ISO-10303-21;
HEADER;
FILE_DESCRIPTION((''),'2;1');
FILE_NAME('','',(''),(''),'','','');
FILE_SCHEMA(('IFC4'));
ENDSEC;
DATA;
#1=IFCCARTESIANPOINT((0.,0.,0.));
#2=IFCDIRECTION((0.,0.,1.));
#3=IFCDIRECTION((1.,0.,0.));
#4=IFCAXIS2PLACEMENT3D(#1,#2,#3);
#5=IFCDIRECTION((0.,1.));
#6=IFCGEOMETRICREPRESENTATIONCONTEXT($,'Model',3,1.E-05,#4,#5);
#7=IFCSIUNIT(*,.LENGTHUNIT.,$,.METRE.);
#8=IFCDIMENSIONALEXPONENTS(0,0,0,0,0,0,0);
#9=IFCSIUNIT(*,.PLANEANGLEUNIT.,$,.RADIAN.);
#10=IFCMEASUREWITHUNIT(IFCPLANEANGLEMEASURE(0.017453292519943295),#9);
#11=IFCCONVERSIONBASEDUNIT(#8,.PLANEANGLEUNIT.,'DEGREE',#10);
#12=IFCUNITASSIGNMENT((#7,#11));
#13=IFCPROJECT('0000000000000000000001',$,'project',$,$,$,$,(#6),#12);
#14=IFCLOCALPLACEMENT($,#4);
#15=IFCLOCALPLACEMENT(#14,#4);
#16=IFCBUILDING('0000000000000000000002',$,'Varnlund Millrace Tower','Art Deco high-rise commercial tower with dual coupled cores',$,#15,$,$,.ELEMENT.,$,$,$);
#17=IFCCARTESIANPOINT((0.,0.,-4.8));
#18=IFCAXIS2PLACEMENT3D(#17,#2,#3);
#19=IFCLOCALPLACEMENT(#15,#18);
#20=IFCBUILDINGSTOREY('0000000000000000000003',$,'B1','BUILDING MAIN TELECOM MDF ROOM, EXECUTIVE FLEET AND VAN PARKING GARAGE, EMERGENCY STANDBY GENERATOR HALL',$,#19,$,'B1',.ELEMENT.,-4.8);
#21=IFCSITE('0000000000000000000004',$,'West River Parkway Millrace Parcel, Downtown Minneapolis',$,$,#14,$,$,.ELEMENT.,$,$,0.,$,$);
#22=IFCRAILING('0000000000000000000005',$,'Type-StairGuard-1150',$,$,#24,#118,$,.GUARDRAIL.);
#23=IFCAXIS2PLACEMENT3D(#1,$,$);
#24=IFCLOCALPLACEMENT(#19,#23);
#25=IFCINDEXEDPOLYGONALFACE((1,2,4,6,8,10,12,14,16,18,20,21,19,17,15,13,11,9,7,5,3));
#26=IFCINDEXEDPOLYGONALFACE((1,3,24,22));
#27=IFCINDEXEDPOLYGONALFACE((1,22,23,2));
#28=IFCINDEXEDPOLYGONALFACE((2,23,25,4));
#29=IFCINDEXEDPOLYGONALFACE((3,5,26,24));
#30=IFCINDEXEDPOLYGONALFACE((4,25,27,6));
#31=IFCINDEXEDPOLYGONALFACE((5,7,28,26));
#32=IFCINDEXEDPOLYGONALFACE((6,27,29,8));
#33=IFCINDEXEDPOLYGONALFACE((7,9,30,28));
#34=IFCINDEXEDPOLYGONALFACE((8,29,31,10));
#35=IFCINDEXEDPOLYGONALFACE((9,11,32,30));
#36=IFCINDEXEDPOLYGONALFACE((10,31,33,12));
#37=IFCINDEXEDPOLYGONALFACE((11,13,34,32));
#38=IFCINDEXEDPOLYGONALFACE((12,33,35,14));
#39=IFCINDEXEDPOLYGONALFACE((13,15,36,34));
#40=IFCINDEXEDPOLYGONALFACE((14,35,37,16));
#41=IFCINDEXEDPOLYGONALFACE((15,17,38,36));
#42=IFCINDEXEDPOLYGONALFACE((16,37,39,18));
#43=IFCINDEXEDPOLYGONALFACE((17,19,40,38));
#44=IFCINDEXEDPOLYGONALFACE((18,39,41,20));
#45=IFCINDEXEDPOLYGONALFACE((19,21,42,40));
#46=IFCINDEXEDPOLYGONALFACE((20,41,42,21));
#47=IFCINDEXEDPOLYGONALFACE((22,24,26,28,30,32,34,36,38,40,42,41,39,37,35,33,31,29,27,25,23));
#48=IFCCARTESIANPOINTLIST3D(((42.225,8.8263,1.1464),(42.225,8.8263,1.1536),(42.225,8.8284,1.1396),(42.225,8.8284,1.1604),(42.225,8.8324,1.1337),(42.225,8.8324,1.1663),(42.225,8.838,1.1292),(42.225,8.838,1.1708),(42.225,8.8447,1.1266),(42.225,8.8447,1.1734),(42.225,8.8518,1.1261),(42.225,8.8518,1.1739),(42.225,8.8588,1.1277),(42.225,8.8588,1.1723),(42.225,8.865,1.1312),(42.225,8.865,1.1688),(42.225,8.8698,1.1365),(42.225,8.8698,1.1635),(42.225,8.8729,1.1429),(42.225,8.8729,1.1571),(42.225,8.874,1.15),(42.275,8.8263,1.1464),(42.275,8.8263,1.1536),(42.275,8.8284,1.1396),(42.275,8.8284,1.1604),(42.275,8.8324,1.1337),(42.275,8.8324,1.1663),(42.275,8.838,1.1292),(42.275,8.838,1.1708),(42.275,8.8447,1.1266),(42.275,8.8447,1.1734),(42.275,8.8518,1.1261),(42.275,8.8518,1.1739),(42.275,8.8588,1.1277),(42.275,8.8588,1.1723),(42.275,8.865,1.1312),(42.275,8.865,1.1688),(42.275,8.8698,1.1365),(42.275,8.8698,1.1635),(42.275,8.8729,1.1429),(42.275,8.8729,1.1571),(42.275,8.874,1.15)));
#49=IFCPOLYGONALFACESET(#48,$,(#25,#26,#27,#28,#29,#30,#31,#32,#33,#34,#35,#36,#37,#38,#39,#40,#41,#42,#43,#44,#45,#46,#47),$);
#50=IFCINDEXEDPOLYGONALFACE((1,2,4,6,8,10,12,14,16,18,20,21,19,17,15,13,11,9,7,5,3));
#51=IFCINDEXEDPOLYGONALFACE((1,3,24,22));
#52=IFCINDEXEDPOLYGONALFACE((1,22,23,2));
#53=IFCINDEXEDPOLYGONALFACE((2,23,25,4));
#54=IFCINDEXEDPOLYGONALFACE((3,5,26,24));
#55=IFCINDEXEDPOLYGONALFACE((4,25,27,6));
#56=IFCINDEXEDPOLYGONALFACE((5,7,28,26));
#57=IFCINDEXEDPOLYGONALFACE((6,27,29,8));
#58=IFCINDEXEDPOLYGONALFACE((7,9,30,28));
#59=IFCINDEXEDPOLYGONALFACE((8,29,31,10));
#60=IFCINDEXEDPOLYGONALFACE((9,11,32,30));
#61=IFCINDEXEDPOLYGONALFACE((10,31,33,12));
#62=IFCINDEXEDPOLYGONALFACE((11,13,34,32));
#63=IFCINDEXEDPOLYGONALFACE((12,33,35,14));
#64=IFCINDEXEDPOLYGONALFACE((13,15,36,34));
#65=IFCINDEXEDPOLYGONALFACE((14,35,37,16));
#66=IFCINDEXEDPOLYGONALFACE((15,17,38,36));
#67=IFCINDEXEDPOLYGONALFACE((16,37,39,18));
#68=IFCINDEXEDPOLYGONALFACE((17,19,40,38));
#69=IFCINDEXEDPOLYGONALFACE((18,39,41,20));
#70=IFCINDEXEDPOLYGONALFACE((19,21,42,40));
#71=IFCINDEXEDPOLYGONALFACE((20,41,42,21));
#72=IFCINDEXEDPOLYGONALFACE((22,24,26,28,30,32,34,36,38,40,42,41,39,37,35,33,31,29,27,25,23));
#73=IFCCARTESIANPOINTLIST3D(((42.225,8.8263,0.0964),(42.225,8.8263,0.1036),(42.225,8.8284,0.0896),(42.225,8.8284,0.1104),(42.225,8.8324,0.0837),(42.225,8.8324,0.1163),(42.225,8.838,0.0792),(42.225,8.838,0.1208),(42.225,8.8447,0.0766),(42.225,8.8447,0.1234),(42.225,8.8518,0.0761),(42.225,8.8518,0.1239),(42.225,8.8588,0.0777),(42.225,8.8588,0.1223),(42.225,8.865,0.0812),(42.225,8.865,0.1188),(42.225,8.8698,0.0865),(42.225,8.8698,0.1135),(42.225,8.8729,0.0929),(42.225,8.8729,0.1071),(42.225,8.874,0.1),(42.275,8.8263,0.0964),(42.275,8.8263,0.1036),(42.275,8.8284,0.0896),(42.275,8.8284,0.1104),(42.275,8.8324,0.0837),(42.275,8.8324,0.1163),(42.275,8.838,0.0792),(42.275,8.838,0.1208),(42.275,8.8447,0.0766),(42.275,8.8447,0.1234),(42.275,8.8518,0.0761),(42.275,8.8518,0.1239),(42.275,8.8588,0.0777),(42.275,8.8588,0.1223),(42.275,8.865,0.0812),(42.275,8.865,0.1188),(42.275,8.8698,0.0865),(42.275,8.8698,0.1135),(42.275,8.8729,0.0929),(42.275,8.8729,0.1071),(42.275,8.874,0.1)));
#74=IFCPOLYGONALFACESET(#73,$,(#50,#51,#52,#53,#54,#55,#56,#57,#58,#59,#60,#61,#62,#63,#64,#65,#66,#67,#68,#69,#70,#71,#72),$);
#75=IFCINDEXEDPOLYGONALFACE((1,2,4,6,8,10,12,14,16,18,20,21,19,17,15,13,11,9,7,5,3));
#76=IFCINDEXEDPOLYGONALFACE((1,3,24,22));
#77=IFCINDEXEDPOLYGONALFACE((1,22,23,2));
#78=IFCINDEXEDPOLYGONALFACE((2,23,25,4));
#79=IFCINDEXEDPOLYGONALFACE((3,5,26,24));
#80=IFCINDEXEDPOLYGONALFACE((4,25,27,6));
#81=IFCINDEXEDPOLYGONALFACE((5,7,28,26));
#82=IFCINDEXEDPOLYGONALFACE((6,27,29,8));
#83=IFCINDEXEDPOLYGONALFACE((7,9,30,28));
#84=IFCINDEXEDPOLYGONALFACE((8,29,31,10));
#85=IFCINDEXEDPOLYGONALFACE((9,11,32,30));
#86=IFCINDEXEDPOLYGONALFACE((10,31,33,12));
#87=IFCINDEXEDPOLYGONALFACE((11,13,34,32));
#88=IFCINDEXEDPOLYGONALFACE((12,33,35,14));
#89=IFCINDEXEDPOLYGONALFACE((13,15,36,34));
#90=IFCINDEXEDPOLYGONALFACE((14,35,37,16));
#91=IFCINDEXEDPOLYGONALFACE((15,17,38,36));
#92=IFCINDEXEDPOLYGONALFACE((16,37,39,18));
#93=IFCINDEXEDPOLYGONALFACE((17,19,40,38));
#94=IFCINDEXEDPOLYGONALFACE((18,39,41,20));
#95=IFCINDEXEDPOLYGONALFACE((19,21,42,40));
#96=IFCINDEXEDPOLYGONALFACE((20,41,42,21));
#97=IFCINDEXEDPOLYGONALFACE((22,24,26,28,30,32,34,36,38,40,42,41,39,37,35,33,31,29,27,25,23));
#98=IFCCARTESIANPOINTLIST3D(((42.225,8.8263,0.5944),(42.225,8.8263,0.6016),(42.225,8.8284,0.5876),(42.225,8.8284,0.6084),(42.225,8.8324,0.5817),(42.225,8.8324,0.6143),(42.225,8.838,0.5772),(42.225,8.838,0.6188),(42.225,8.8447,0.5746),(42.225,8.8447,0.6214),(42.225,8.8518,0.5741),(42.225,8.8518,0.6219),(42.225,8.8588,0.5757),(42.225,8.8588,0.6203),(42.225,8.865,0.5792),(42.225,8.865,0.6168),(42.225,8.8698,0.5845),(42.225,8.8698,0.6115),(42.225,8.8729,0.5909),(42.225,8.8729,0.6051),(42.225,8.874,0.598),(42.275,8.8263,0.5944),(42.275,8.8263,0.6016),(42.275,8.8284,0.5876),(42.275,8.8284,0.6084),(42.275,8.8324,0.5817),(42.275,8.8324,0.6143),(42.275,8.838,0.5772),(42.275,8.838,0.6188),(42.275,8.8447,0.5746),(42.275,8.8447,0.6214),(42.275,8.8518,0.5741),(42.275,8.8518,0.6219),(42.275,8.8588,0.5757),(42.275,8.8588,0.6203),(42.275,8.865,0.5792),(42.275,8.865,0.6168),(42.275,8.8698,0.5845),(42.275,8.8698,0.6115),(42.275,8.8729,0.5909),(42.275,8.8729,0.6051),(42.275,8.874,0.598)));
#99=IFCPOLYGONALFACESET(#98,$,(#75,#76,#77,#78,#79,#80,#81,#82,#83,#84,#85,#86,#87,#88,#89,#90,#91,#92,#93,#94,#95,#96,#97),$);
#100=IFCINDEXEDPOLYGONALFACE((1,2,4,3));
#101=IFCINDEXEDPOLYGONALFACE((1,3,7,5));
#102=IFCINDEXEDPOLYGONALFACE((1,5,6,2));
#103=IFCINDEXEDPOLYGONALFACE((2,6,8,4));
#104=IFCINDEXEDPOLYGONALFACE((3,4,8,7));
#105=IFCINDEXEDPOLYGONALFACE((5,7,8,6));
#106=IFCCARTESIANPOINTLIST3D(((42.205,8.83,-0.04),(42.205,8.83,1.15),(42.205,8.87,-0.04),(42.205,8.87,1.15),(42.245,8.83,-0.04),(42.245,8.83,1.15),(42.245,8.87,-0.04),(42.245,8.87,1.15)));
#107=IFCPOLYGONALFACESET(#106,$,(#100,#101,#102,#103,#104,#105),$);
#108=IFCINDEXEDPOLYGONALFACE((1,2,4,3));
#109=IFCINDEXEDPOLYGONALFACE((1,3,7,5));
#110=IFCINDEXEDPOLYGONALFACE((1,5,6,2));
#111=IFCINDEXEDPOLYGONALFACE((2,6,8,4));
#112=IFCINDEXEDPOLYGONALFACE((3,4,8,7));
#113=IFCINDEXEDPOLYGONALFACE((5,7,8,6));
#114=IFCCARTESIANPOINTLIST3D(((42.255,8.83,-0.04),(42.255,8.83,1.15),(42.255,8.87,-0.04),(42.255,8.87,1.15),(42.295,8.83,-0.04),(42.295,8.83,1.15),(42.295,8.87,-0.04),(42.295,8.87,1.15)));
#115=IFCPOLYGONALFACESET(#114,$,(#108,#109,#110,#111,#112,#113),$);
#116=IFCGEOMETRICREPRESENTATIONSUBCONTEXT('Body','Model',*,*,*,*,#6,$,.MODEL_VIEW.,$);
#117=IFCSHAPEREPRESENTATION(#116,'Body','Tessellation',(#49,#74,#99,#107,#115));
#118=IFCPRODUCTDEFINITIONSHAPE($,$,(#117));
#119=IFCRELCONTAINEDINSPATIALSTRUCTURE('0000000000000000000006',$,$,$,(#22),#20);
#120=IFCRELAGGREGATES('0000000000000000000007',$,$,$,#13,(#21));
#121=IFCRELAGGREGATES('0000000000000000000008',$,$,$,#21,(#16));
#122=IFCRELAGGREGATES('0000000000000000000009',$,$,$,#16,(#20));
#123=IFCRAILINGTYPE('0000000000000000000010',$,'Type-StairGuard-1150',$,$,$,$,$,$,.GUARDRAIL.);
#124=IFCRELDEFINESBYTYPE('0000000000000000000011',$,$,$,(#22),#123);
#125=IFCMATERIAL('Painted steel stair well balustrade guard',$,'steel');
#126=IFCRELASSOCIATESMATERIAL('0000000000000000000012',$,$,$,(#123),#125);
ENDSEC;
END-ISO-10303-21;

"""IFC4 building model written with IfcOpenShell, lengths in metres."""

from ifc_helpers import new_model, entity, si_unit, converted_unit, direction, frame, origin_with_axes, origin_2d_with_axis, place, context, subcontext, project, spatial, rectangle, circle, extrude, material, type_object, element, save


model = new_model("IFC4")

# Units and contexts
model_context = context("Model", 3, precision=1e-05, world=origin_with_axes(), true_north=direction((0.0, 1.0)))
body_context = subcontext(model_context, "Body", "Model", "MODEL_VIEW")
ifc_project = project(units=[si_unit("LENGTHUNIT", "METRE"), converted_unit("PLANEANGLEUNIT", "DEGREE", entity("IfcPlaneAngleMeasure", 0.017453292519943295), si_unit("PLANEANGLEUNIT", "RADIAN"), dimensions=[0, 0, 0, 0, 0, 0, 0])], contexts=[model_context])

# Site, building, storey
site_placement = place(None, origin_with_axes())
site = spatial("IfcSite", under=ifc_project, at=site_placement, Name="West River Parkway Millrace Parcel, Downtown Minneapolis", CompositionType="ELEMENT", RefElevation=0.0)
building_placement = place(site_placement, origin_with_axes())
building = spatial("IfcBuilding", under=site, at=building_placement, Name="Varnlund Millrace Tower", Description="Art Deco high-rise commercial tower with dual coupled cores", CompositionType="ELEMENT")
storey_placement = place(building_placement, frame((0.0, 0.0, -4.8), z_axis=(0.0, 0.0, 1.0), x_axis=(1.0, 0.0, 0.0)))
storey = spatial("IfcBuildingStorey", under=building, at=storey_placement, Name="B1", Description="BUILDING MAIN TELECOM MDF ROOM, EXECUTIVE FLEET AND VAN PARKING GARAGE, EMERGENCY STANDBY GENERATOR HALL", LongName="B1", CompositionType="ELEMENT", Elevation=-4.8)

# Railing
ifc_material_1 = material(Name="Painted steel stair well balustrade guard", Category="steel")
railing_type_1 = type_object("IfcRailingType", Name="Type-StairGuard-1150", PredefinedType="GUARDRAIL", material=ifc_material_1)
railing_1_placement = place(storey_placement, frame((0.0, 0.0, 4.8), z_axis=(0.0, 0.0, 1.0), x_axis=(1.0, 0.0, 0.0)))
element("IfcRailing", 1, at=railing_1_placement, inside=storey, type_object=railing_type_1, Name="Type-StairGuard-1150", PredefinedType="GUARDRAIL", context=body_context, shape_type="SweptSolid", body=[
    extrude(circle(Radius=0.024, at=origin_2d_with_axis()), frame((42.225, 8.85, -3.65), z_axis=(1.0, 0.0, 0.0), x_axis=(0.0, 1.0, 0.0)), (0.0, 0.0, 1.0), 0.05),
    extrude(circle(Radius=0.024, at=origin_2d_with_axis()), frame((42.225, 8.85, -4.7), z_axis=(1.0, 0.0, 0.0), x_axis=(0.0, 1.0, 0.0)), (0.0, 0.0, 1.0), 0.05),
    extrude(circle(Radius=0.024, at=origin_2d_with_axis()), frame((42.225, 8.85, -4.202), z_axis=(1.0, 0.0, 0.0), x_axis=(0.0, 1.0, 0.0)), (0.0, 0.0, 1.0), 0.05),
    extrude(rectangle(XDim=0.04, YDim=0.04, at=origin_2d_with_axis()), frame((42.225, 8.85, -4.84), z_axis=(0.0, 0.0, 1.0), x_axis=(1.0, 0.0, 0.0)), (0.0, 0.0, 1.0), 1.19),
    extrude(rectangle(XDim=0.04, YDim=0.04, at=origin_2d_with_axis()), frame((42.275, 8.85, -4.84), z_axis=(0.0, 0.0, 1.0), x_axis=(1.0, 0.0, 0.0)), (0.0, 0.0, 1.0), 1.19),
])

save(model, "model.ifc")
